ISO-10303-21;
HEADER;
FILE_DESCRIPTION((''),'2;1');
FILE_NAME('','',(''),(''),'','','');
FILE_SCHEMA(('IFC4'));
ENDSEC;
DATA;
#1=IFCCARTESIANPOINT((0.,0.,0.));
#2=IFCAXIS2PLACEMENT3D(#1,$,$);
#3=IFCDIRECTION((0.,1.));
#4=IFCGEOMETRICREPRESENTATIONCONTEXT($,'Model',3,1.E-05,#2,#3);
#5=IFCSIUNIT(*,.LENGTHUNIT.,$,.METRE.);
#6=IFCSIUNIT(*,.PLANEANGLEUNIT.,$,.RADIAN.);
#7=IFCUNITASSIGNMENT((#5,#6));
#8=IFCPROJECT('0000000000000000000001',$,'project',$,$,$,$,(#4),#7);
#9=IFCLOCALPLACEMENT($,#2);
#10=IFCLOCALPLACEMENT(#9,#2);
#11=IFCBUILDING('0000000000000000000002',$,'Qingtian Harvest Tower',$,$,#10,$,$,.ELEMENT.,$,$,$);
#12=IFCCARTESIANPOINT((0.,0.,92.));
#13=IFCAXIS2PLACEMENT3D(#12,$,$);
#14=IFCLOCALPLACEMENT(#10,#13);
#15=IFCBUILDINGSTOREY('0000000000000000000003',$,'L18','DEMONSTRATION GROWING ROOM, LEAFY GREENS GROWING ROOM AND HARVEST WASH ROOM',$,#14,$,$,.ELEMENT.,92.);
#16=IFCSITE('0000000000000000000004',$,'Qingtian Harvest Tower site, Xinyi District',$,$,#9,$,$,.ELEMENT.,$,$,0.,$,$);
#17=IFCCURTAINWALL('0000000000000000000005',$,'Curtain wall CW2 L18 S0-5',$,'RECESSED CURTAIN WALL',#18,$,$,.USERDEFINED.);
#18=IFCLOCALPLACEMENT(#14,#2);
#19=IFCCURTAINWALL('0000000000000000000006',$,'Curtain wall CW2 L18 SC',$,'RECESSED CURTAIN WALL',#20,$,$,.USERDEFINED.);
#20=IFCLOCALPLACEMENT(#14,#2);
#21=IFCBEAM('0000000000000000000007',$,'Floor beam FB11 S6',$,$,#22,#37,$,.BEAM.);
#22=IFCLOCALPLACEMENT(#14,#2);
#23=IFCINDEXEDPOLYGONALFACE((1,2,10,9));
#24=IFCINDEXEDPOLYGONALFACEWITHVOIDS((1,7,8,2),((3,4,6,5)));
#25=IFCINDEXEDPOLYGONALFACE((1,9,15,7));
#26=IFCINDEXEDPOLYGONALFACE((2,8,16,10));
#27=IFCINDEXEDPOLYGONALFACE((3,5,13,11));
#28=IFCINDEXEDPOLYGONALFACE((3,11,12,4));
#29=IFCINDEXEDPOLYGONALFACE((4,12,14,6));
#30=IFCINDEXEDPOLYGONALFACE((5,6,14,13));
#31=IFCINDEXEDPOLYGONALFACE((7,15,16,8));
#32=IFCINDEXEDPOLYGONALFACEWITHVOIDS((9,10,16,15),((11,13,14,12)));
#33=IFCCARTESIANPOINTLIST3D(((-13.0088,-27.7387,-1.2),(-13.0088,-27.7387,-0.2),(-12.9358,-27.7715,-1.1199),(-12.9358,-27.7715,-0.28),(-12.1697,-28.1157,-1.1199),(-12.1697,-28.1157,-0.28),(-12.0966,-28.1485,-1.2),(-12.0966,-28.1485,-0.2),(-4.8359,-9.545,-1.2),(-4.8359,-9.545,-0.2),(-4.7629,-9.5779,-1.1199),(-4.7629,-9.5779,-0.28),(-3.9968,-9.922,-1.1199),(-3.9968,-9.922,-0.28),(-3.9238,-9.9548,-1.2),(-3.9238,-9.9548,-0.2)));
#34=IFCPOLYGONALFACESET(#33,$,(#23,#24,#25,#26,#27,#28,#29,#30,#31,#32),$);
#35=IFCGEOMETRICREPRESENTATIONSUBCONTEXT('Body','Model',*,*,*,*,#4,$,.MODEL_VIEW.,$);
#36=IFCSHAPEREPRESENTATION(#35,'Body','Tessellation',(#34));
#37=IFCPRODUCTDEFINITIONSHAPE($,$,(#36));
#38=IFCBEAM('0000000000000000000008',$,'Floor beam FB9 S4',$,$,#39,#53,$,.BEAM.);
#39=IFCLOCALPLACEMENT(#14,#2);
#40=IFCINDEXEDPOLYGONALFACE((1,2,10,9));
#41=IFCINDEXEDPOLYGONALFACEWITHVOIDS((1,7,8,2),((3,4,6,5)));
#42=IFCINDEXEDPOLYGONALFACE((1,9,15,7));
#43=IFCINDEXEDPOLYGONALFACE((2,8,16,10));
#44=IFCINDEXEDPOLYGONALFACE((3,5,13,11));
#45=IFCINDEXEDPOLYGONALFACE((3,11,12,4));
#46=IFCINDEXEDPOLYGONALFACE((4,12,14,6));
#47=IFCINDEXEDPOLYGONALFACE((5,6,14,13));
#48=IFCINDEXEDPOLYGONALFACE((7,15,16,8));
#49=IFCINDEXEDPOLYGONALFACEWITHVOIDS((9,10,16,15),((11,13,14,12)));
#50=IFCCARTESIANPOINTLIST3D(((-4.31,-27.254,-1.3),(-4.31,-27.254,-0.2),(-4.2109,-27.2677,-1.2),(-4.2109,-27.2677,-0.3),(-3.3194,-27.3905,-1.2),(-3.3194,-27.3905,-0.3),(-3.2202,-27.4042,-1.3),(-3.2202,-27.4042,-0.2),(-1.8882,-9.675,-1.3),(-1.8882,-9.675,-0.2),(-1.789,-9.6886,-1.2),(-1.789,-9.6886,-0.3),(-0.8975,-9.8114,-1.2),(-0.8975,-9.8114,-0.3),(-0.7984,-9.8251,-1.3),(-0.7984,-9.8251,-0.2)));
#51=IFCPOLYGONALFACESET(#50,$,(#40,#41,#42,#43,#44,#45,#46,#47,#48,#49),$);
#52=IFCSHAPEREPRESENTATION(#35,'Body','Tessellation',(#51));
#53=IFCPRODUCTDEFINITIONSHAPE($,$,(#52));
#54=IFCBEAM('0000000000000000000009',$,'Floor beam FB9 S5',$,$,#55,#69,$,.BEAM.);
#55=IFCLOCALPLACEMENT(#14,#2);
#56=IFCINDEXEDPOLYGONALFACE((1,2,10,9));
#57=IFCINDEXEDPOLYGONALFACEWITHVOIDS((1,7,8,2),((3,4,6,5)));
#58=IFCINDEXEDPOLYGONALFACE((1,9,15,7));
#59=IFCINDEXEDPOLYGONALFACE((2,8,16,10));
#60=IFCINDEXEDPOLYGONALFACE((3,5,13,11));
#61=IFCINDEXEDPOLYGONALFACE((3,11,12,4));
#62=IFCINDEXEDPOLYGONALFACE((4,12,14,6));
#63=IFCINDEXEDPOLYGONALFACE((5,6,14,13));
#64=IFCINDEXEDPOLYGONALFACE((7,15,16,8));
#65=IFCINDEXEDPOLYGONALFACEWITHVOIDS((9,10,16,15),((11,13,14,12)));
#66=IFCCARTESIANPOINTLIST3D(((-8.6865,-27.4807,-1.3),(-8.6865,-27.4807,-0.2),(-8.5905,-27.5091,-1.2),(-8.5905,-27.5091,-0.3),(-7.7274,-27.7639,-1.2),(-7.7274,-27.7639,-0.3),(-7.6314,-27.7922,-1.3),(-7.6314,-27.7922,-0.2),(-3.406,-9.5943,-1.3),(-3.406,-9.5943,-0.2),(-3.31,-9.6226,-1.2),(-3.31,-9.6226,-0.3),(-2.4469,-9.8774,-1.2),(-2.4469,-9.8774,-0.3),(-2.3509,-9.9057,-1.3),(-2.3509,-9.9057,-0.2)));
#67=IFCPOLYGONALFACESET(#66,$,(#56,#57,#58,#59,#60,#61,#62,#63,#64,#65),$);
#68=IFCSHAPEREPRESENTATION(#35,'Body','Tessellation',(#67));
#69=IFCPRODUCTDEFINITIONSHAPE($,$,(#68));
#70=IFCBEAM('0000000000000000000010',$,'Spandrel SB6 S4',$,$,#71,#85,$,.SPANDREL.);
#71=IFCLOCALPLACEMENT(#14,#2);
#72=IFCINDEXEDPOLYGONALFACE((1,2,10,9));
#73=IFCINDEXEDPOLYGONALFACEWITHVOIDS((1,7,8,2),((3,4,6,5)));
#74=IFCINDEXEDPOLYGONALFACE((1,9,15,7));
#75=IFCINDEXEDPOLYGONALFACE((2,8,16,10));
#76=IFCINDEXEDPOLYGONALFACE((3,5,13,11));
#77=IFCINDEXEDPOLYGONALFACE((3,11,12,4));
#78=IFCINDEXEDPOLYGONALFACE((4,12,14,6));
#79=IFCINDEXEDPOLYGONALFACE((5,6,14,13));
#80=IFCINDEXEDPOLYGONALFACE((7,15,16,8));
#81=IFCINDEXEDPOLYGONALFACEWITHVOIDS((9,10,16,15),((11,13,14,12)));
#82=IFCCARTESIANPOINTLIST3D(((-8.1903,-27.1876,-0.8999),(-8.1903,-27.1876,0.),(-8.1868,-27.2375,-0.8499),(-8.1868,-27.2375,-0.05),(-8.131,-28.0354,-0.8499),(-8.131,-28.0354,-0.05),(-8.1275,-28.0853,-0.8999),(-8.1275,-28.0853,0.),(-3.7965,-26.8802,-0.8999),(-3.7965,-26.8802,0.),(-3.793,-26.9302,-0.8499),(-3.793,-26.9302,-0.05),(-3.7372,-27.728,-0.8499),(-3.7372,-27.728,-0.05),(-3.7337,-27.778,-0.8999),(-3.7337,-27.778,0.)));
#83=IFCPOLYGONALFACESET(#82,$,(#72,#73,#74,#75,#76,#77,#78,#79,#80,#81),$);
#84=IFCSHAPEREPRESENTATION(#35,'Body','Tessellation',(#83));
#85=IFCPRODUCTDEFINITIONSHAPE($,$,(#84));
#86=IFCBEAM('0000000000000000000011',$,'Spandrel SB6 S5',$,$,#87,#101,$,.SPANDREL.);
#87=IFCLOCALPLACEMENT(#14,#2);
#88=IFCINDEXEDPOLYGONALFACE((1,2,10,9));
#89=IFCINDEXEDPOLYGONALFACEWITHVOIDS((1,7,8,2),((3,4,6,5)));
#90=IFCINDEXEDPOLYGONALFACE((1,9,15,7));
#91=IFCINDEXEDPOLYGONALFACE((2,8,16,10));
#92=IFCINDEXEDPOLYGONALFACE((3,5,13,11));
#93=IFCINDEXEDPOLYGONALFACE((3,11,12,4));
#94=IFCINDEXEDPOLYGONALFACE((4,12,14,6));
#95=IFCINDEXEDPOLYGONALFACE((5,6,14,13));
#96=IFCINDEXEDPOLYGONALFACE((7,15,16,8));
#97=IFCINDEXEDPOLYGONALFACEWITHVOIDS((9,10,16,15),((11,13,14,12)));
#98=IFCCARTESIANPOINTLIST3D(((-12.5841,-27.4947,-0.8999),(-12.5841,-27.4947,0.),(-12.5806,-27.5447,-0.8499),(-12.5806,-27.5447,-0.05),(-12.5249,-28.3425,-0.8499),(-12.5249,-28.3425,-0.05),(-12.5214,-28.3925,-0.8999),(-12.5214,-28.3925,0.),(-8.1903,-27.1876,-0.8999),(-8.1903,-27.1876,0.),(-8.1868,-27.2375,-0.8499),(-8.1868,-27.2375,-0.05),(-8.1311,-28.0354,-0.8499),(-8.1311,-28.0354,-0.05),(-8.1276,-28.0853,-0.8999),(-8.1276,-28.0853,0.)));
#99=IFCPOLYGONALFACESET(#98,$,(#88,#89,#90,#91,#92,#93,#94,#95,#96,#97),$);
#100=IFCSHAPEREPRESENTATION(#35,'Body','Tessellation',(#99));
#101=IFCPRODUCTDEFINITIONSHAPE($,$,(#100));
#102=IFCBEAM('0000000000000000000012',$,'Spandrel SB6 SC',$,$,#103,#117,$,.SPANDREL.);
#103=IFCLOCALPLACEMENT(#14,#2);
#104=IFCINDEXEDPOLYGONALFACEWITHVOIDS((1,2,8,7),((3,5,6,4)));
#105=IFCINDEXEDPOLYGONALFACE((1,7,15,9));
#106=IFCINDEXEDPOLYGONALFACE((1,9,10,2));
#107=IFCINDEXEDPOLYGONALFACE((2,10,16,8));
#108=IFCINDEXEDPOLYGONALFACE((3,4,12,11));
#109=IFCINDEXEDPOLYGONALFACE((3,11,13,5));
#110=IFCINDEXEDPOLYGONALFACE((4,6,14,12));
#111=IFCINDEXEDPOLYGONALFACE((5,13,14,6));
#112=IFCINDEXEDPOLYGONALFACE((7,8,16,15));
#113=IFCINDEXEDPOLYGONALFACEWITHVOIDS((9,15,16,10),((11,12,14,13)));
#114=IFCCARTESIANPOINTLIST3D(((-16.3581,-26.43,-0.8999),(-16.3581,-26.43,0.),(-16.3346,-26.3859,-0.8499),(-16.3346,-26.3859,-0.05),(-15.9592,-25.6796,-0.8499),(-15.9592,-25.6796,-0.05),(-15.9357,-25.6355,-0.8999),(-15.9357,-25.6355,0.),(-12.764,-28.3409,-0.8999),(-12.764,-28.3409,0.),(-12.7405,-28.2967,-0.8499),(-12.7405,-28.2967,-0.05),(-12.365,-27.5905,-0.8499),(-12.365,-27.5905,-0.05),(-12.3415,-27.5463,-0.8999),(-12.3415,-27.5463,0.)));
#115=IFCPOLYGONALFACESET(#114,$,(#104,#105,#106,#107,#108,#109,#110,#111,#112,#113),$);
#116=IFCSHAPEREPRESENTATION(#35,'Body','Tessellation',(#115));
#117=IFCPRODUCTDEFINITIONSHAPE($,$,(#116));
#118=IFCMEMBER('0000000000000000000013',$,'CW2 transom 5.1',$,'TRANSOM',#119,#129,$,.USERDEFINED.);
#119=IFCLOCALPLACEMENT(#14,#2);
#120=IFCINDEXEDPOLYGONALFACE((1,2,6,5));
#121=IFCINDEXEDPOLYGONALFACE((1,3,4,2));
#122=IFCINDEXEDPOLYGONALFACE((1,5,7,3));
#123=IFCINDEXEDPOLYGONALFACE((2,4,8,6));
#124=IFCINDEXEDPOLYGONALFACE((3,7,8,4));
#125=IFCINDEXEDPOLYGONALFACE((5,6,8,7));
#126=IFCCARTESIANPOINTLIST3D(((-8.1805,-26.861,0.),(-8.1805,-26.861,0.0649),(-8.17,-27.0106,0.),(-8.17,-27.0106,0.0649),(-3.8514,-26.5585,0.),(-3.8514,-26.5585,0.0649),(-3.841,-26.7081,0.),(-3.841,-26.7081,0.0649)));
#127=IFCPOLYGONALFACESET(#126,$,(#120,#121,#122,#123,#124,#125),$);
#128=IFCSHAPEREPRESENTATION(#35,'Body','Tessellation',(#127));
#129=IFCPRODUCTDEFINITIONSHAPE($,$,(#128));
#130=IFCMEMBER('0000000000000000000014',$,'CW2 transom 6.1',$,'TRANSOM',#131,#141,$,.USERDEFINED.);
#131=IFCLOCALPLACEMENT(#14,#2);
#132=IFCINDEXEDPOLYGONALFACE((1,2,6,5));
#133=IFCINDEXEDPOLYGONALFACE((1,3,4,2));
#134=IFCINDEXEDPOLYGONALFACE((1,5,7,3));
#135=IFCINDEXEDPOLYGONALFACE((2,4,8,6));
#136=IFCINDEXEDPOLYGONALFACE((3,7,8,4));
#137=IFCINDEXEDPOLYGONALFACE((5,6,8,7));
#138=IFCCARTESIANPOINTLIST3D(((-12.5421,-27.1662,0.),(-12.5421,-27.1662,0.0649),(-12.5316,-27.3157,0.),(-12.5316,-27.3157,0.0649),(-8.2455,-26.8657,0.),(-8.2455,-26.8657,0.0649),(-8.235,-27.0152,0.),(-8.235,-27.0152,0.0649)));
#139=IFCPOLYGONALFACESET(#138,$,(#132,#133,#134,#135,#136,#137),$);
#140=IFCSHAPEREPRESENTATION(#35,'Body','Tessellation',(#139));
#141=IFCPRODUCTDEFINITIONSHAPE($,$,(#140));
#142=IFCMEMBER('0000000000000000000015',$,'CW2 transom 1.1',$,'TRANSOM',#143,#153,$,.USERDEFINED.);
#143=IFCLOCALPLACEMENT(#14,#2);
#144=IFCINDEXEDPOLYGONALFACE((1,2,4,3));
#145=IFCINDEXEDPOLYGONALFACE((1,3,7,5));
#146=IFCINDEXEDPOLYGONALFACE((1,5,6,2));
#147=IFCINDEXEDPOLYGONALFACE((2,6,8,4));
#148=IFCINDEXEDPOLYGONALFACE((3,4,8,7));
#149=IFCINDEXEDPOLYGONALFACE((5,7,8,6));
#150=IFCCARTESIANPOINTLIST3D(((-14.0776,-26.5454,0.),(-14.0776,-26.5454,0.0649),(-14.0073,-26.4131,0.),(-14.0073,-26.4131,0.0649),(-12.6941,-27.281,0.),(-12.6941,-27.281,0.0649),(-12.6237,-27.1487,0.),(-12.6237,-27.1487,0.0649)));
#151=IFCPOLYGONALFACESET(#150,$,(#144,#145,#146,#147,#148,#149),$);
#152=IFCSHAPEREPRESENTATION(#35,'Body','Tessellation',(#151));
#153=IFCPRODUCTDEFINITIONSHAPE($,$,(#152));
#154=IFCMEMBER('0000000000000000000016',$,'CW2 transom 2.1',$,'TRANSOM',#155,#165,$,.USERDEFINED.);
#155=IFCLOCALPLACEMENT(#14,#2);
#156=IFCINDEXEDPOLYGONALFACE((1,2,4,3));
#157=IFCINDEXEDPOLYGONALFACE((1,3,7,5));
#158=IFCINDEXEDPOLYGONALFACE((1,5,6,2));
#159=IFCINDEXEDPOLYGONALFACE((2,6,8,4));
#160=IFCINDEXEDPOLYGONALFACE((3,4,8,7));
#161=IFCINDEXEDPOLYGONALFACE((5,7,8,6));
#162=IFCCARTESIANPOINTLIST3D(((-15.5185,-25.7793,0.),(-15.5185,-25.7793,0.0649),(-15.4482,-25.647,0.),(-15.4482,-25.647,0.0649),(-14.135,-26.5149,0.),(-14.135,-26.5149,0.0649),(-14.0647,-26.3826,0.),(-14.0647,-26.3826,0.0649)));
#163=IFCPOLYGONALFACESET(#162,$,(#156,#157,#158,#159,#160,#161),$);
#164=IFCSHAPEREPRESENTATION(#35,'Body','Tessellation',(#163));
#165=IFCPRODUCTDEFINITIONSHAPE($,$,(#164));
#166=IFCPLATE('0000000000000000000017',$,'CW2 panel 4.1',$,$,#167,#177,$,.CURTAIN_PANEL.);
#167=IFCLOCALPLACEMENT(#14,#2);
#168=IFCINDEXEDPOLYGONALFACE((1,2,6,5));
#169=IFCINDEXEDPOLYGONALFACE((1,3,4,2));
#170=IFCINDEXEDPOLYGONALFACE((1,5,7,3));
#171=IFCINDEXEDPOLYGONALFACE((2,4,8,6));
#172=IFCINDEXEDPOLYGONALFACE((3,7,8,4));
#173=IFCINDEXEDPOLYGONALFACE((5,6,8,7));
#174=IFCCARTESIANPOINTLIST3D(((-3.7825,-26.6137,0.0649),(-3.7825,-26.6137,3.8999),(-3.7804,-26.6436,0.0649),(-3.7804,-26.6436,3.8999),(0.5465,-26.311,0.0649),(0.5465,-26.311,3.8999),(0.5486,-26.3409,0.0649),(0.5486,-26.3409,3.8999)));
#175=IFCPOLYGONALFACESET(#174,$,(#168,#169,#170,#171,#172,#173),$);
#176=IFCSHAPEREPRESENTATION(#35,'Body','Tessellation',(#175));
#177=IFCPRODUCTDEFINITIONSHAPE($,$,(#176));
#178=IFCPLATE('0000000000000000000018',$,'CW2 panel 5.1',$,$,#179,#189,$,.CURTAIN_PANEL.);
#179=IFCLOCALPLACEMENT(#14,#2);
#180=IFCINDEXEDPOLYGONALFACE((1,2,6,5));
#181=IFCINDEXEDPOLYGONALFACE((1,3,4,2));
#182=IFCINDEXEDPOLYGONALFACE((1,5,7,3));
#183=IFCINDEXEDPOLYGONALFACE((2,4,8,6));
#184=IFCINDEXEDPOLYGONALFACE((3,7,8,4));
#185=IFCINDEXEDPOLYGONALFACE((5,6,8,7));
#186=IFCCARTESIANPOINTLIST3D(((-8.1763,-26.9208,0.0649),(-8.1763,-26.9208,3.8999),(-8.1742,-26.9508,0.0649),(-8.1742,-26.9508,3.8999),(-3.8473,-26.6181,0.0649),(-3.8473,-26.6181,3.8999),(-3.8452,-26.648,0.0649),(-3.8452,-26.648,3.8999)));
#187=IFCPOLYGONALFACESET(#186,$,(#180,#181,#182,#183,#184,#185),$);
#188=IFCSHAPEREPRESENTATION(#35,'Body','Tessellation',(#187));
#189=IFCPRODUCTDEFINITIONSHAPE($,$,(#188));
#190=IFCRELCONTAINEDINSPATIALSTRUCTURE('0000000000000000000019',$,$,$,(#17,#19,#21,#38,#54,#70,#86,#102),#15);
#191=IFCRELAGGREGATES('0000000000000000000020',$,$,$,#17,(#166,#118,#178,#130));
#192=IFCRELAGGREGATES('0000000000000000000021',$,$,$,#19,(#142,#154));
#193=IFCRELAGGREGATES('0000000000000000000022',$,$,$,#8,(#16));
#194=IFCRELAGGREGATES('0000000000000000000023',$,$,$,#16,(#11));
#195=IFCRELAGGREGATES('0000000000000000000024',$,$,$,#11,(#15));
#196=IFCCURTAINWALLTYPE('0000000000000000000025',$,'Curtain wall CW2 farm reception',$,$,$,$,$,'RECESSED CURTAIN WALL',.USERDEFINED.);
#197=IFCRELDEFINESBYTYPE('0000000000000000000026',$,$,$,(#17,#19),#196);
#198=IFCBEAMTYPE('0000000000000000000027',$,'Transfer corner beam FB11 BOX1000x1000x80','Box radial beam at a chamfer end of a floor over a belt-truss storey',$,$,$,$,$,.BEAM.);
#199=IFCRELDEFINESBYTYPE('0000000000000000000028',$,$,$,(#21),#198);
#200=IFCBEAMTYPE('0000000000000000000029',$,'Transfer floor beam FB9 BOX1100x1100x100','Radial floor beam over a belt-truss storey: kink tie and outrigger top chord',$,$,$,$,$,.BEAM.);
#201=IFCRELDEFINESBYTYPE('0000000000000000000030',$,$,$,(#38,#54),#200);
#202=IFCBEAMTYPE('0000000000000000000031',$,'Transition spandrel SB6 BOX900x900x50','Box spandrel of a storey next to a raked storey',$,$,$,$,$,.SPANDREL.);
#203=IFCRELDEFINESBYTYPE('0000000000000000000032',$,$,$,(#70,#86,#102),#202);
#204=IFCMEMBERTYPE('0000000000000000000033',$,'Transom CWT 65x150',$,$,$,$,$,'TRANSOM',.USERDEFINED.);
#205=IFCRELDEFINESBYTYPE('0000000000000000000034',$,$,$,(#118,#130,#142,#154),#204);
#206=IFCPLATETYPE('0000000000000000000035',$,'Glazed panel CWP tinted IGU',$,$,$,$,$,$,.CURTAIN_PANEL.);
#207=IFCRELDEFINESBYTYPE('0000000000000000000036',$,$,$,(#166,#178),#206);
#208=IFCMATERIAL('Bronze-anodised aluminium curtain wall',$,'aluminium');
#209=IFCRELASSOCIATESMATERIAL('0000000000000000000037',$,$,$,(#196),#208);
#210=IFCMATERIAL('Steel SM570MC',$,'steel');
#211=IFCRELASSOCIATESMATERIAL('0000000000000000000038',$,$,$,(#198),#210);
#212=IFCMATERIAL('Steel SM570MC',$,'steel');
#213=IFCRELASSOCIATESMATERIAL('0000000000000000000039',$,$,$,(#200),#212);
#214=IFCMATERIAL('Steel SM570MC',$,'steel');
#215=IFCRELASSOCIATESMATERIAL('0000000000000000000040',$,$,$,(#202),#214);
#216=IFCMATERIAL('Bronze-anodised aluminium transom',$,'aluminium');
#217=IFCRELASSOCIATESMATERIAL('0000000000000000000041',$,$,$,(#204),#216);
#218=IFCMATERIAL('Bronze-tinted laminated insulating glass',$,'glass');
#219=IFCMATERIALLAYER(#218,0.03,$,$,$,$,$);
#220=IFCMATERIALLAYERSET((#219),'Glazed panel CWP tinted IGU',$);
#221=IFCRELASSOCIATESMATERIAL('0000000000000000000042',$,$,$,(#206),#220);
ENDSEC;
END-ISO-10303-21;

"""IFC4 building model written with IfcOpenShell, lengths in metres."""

from ifc_helpers import new_model, si_unit, direction, frame, origin, origin_2d, place, context, subcontext, project, spatial, rectangle, hollow_rectangle, extrude, material, layer, layer_set, material_profile, profile_set, type_object, element, aggregate, save


model = new_model("IFC4")

# Units and contexts
model_context = context("Model", 3, precision=1e-05, world=origin(), true_north=direction((0.0, 1.0)))
body_context = subcontext(model_context, "Body", "Model", "MODEL_VIEW")
ifc_project = project(units=[si_unit("LENGTHUNIT", "METRE"), si_unit("PLANEANGLEUNIT", "RADIAN")], contexts=[model_context])

# Site, building, storey
site_placement = place(None, origin())
site = spatial("IfcSite", under=ifc_project, at=site_placement, Name="Qingtian Harvest Tower site, Xinyi District", CompositionType="ELEMENT", RefElevation=0.0)
building_placement = place(site_placement, origin())
building = spatial("IfcBuilding", under=site, at=building_placement, Name="Qingtian Harvest Tower", CompositionType="ELEMENT")
storey_placement = place(building_placement, frame((0.0, 0.0, 92.0)))
storey = spatial("IfcBuildingStorey", under=building, at=storey_placement, Name="L18", Description="DEMONSTRATION GROWING ROOM, LEAFY GREENS GROWING ROOM AND HARVEST WASH ROOM", CompositionType="ELEMENT", Elevation=92.0)

# Curtain walls
ifc_material_1 = material(Name="Bronze-anodised aluminium curtain wall", Category="aluminium")
curtain_wall_type = type_object("IfcCurtainWallType", Name="Curtain wall CW2 farm reception", ElementType="RECESSED CURTAIN WALL", PredefinedType="USERDEFINED", material=ifc_material_1)
curtain_wall_1_placement = place(storey_placement, origin())
curtain_wall_1 = element("IfcCurtainWall", 1, at=curtain_wall_1_placement, inside=storey, type_object=curtain_wall_type, Name="Curtain wall CW2 L18 S0-5", ObjectType="RECESSED CURTAIN WALL", PredefinedType="USERDEFINED")
curtain_wall_2_placement = place(storey_placement, origin())
curtain_wall_2 = element("IfcCurtainWall", 2, at=curtain_wall_2_placement, inside=storey, type_object=curtain_wall_type, Name="Curtain wall CW2 L18 SC", ObjectType="RECESSED CURTAIN WALL", PredefinedType="USERDEFINED")

# Beams
ifc_material_2 = material(Name="Steel SM570MC", Category="steel")
ifc_material_profile_1 = material_profile(ifc_material_2, hollow_rectangle(XDim=1.0, YDim=1.0, WallThickness=0.0801, at=origin_2d()), Name="BOX1000x1000x80")
ifc_profile_set_1 = profile_set([ifc_material_profile_1], Name="Steel SM570MC")
beam_type_1 = type_object("IfcBeamType", Name="Transfer corner beam FB11 BOX1000x1000x80", Description="Box radial beam at a chamfer end of a floor over a belt-truss storey", PredefinedType="BEAM", material=ifc_profile_set_1)
beam_1_placement = place(storey_placement, frame((-12.5527, -27.9436, -0.7), z_axis=(0.40977, 0.912189, 0.0), x_axis=(-0.912189, 0.40977, 0.0)))
element("IfcBeam", 3, at=beam_1_placement, inside=storey, type_object=beam_type_1, Name="Floor beam FB11 S6", PredefinedType="BEAM", context=body_context, shape_type="SweptSolid", body=[
    extrude(hollow_rectangle(XDim=1.0, YDim=1.0, WallThickness=0.0801, at=origin_2d()), origin(), (0.0, 0.0, 1.0), 19.9451),
])
ifc_material_3 = material(Name="Steel SM570MC", Category="steel")
ifc_material_profile_2 = material_profile(ifc_material_3, hollow_rectangle(XDim=1.1001, YDim=1.1001, WallThickness=0.1001, at=origin_2d()), Name="BOX1100x1100x100")
ifc_profile_set_2 = profile_set([ifc_material_profile_2], Name="Steel SM570MC")
beam_type_2 = type_object("IfcBeamType", Name="Transfer floor beam FB9 BOX1100x1100x100", Description="Radial floor beam over a belt-truss storey: kink tie and outrigger top chord", PredefinedType="BEAM", material=ifc_profile_set_2)
beam_2_placement = place(storey_placement, frame((-3.7651, -27.3291, -0.75), z_axis=(0.136481, 0.990643, 0.0), x_axis=(-0.990643, 0.136481, 0.0)))
element("IfcBeam", 4, at=beam_2_placement, inside=storey, type_object=beam_type_2, Name="Floor beam FB9 S4", PredefinedType="BEAM", context=body_context, shape_type="SweptSolid", body=[
    extrude(hollow_rectangle(XDim=1.1001, YDim=1.1001, WallThickness=0.1001, at=origin_2d()), origin(), (0.0, 0.0, 1.0), 17.7451),
])
beam_3_placement = place(storey_placement, frame((-8.1589, -27.6365, -0.75), z_axis=(0.283143, 0.959078, 0.0), x_axis=(-0.959078, 0.283143, 0.0)))
element("IfcBeam", 5, at=beam_3_placement, inside=storey, type_object=beam_type_2, Name="Floor beam FB9 S5", PredefinedType="BEAM", context=body_context, shape_type="SweptSolid", body=[
    extrude(hollow_rectangle(XDim=1.1001, YDim=1.1001, WallThickness=0.1001, at=origin_2d()), origin(), (0.0, 0.0, 1.0), 18.6497),
])
ifc_material_4 = material(Name="Steel SM570MC", Category="steel")
ifc_material_profile_3 = material_profile(ifc_material_4, hollow_rectangle(XDim=0.8999, YDim=0.8999, WallThickness=0.05, at=origin_2d()), Name="BOX900x900x50")
ifc_profile_set_3 = profile_set([ifc_material_profile_3], Name="Steel SM570MC")
beam_type_3 = type_object("IfcBeamType", Name="Transition spandrel SB6 BOX900x900x50", Description="Box spandrel of a storey next to a raked storey", PredefinedType="SPANDREL", material=ifc_profile_set_3)
for number, where, z_axis, x_axis, name in (
    (6, (-3.7651, -27.3291, -0.45), (-0.997562, -0.069786, 0.0), (0.069786, -0.997562, 0.0), "Spandrel SB6 S4"),
    (7, (-8.1589, -27.6365, -0.45), (-0.997566, -0.06973, 0.0), (0.06973, -0.997566, 0.0), "Spandrel SB6 S5"),
):
    element("IfcBeam", number, at=place(storey_placement, frame(where, z_axis=z_axis, x_axis=x_axis)), inside=storey, type_object=beam_type_3, Name=name, PredefinedType="SPANDREL", context=body_context, shape_type="SweptSolid", body=[
        extrude(hollow_rectangle(XDim=0.8999, YDim=0.8999, WallThickness=0.05, at=origin_2d()), origin(), (0.0, 0.0, 1.0), 4.4045),
    ])
beam_4_placement = place(storey_placement, frame((-12.5527, -27.9436, -0.45), z_axis=(-0.882968, 0.469433, 0.0), x_axis=(-0.469433, -0.882968, 0.0)))
element("IfcBeam", 8, at=beam_4_placement, inside=storey, type_object=beam_type_3, Name="Spandrel SB6 SC", PredefinedType="SPANDREL", context=body_context, shape_type="SweptSolid", body=[
    extrude(hollow_rectangle(XDim=0.8999, YDim=0.8999, WallThickness=0.05, at=origin_2d()), origin(), (0.0, 0.0, 1.0), 4.0706),
])

# Members
ifc_material_5 = material(Name="Bronze-anodised aluminium transom", Category="aluminium")
ifc_material_profile_4 = material_profile(ifc_material_5, rectangle(XDim=0.1499, YDim=0.0649, at=origin_2d()), Name="AL 65x150")
ifc_profile_set_4 = profile_set([ifc_material_profile_4], Name="Bronze-anodised aluminium transom")
member_type_1 = type_object("IfcMemberType", Name="Transom CWT 65x150", ElementType="TRANSOM", PredefinedType="USERDEFINED", material=ifc_profile_set_4)
member_1_placement = place(storey_placement, frame((-3.8462, -26.6333, 0.0325), z_axis=(-0.997568, -0.069704, 0.0), x_axis=(0.069704, -0.997568, 0.0)))
member_1 = element("IfcMember", 9, at=member_1_placement, type_object=member_type_1, Name="CW2 transom 5.1", ObjectType="TRANSOM", PredefinedType="USERDEFINED", context=body_context, shape_type="SweptSolid", body=[
    extrude(rectangle(XDim=0.1499, YDim=0.0649, at=origin_2d()), origin(), (0.0, 0.0, 1.0), 4.3396),
])
member_2_placement = place(storey_placement, frame((-8.2402, -26.9404, 0.0325), z_axis=(-0.997563, -0.069777, 0.0), x_axis=(0.069777, -0.997563, 0.0)))
member_2 = element("IfcMember", 10, at=member_2_placement, type_object=member_type_1, Name="CW2 transom 6.1", ObjectType="TRANSOM", PredefinedType="USERDEFINED", context=body_context, shape_type="SweptSolid", body=[
    extrude(rectangle(XDim=0.1499, YDim=0.0649, at=origin_2d()), origin(), (0.0, 0.0, 1.0), 4.3071),
])
member_3_placement = place(storey_placement, frame((-12.6589, -27.2148, 0.0325), z_axis=(-0.88296, 0.469448, 0.0), x_axis=(-0.469448, -0.88296, 0.0)))
member_3 = element("IfcMember", 11, at=member_3_placement, type_object=member_type_1, Name="CW2 transom 1.1", ObjectType="TRANSOM", PredefinedType="USERDEFINED", context=body_context, shape_type="SweptSolid", body=[
    extrude(rectangle(XDim=0.1499, YDim=0.0649, at=origin_2d()), origin(), (0.0, 0.0, 1.0), 1.5669),
])
member_4_placement = place(storey_placement, frame((-14.0999, -26.4487, 0.0325), z_axis=(-0.88296, 0.469448, 0.0), x_axis=(-0.469448, -0.88296, 0.0)))
member_4 = element("IfcMember", 12, at=member_4_placement, type_object=member_type_1, Name="CW2 transom 2.1", ObjectType="TRANSOM", PredefinedType="USERDEFINED", context=body_context, shape_type="SweptSolid", body=[
    extrude(rectangle(XDim=0.1499, YDim=0.0649, at=origin_2d()), origin(), (0.0, 0.0, 1.0), 1.5669),
])

# Plates
ifc_material_6 = material(Name="Bronze-tinted laminated insulating glass", Category="glass")
ifc_layer_1 = layer(ifc_material_6, 0.03)
ifc_layer_set_1 = layer_set([ifc_layer_1], Name="Glazed panel CWP tinted IGU")
plate_type = type_object("IfcPlateType", Name="Glazed panel CWP tinted IGU", PredefinedType="CURTAIN_PANEL", material=ifc_layer_set_1)
plate_1_placement = place(storey_placement, frame((-1.6169, -26.4773, 0.0649), z_axis=(0.0, 0.0, 1.0), x_axis=(-0.997564, -0.069756, 0.0)))
plate_1 = element("IfcPlate", 13, at=plate_1_placement, type_object=plate_type, Name="CW2 panel 4.1", PredefinedType="CURTAIN_PANEL", context=body_context, shape_type="SweptSolid", body=[
    extrude(rectangle(XDim=4.3396, YDim=0.03, at=origin_2d()), origin(), (0.0, 0.0, 1.0), 3.835),
])
plate_2_placement = place(storey_placement, frame((-6.0107, -26.7844, 0.0649), z_axis=(0.0, 0.0, 1.0), x_axis=(-0.997564, -0.069756, 0.0)))
plate_2 = element("IfcPlate", 14, at=plate_2_placement, type_object=plate_type, Name="CW2 panel 5.1", PredefinedType="CURTAIN_PANEL", context=body_context, shape_type="SweptSolid", body=[
    extrude(rectangle(XDim=4.3396, YDim=0.03, at=origin_2d()), origin(), (0.0, 0.0, 1.0), 3.835),
])
aggregate(curtain_wall_1, [plate_1, member_1, plate_2, member_2])
aggregate(curtain_wall_2, [member_3, member_4])

save(model, "model.ifc")
